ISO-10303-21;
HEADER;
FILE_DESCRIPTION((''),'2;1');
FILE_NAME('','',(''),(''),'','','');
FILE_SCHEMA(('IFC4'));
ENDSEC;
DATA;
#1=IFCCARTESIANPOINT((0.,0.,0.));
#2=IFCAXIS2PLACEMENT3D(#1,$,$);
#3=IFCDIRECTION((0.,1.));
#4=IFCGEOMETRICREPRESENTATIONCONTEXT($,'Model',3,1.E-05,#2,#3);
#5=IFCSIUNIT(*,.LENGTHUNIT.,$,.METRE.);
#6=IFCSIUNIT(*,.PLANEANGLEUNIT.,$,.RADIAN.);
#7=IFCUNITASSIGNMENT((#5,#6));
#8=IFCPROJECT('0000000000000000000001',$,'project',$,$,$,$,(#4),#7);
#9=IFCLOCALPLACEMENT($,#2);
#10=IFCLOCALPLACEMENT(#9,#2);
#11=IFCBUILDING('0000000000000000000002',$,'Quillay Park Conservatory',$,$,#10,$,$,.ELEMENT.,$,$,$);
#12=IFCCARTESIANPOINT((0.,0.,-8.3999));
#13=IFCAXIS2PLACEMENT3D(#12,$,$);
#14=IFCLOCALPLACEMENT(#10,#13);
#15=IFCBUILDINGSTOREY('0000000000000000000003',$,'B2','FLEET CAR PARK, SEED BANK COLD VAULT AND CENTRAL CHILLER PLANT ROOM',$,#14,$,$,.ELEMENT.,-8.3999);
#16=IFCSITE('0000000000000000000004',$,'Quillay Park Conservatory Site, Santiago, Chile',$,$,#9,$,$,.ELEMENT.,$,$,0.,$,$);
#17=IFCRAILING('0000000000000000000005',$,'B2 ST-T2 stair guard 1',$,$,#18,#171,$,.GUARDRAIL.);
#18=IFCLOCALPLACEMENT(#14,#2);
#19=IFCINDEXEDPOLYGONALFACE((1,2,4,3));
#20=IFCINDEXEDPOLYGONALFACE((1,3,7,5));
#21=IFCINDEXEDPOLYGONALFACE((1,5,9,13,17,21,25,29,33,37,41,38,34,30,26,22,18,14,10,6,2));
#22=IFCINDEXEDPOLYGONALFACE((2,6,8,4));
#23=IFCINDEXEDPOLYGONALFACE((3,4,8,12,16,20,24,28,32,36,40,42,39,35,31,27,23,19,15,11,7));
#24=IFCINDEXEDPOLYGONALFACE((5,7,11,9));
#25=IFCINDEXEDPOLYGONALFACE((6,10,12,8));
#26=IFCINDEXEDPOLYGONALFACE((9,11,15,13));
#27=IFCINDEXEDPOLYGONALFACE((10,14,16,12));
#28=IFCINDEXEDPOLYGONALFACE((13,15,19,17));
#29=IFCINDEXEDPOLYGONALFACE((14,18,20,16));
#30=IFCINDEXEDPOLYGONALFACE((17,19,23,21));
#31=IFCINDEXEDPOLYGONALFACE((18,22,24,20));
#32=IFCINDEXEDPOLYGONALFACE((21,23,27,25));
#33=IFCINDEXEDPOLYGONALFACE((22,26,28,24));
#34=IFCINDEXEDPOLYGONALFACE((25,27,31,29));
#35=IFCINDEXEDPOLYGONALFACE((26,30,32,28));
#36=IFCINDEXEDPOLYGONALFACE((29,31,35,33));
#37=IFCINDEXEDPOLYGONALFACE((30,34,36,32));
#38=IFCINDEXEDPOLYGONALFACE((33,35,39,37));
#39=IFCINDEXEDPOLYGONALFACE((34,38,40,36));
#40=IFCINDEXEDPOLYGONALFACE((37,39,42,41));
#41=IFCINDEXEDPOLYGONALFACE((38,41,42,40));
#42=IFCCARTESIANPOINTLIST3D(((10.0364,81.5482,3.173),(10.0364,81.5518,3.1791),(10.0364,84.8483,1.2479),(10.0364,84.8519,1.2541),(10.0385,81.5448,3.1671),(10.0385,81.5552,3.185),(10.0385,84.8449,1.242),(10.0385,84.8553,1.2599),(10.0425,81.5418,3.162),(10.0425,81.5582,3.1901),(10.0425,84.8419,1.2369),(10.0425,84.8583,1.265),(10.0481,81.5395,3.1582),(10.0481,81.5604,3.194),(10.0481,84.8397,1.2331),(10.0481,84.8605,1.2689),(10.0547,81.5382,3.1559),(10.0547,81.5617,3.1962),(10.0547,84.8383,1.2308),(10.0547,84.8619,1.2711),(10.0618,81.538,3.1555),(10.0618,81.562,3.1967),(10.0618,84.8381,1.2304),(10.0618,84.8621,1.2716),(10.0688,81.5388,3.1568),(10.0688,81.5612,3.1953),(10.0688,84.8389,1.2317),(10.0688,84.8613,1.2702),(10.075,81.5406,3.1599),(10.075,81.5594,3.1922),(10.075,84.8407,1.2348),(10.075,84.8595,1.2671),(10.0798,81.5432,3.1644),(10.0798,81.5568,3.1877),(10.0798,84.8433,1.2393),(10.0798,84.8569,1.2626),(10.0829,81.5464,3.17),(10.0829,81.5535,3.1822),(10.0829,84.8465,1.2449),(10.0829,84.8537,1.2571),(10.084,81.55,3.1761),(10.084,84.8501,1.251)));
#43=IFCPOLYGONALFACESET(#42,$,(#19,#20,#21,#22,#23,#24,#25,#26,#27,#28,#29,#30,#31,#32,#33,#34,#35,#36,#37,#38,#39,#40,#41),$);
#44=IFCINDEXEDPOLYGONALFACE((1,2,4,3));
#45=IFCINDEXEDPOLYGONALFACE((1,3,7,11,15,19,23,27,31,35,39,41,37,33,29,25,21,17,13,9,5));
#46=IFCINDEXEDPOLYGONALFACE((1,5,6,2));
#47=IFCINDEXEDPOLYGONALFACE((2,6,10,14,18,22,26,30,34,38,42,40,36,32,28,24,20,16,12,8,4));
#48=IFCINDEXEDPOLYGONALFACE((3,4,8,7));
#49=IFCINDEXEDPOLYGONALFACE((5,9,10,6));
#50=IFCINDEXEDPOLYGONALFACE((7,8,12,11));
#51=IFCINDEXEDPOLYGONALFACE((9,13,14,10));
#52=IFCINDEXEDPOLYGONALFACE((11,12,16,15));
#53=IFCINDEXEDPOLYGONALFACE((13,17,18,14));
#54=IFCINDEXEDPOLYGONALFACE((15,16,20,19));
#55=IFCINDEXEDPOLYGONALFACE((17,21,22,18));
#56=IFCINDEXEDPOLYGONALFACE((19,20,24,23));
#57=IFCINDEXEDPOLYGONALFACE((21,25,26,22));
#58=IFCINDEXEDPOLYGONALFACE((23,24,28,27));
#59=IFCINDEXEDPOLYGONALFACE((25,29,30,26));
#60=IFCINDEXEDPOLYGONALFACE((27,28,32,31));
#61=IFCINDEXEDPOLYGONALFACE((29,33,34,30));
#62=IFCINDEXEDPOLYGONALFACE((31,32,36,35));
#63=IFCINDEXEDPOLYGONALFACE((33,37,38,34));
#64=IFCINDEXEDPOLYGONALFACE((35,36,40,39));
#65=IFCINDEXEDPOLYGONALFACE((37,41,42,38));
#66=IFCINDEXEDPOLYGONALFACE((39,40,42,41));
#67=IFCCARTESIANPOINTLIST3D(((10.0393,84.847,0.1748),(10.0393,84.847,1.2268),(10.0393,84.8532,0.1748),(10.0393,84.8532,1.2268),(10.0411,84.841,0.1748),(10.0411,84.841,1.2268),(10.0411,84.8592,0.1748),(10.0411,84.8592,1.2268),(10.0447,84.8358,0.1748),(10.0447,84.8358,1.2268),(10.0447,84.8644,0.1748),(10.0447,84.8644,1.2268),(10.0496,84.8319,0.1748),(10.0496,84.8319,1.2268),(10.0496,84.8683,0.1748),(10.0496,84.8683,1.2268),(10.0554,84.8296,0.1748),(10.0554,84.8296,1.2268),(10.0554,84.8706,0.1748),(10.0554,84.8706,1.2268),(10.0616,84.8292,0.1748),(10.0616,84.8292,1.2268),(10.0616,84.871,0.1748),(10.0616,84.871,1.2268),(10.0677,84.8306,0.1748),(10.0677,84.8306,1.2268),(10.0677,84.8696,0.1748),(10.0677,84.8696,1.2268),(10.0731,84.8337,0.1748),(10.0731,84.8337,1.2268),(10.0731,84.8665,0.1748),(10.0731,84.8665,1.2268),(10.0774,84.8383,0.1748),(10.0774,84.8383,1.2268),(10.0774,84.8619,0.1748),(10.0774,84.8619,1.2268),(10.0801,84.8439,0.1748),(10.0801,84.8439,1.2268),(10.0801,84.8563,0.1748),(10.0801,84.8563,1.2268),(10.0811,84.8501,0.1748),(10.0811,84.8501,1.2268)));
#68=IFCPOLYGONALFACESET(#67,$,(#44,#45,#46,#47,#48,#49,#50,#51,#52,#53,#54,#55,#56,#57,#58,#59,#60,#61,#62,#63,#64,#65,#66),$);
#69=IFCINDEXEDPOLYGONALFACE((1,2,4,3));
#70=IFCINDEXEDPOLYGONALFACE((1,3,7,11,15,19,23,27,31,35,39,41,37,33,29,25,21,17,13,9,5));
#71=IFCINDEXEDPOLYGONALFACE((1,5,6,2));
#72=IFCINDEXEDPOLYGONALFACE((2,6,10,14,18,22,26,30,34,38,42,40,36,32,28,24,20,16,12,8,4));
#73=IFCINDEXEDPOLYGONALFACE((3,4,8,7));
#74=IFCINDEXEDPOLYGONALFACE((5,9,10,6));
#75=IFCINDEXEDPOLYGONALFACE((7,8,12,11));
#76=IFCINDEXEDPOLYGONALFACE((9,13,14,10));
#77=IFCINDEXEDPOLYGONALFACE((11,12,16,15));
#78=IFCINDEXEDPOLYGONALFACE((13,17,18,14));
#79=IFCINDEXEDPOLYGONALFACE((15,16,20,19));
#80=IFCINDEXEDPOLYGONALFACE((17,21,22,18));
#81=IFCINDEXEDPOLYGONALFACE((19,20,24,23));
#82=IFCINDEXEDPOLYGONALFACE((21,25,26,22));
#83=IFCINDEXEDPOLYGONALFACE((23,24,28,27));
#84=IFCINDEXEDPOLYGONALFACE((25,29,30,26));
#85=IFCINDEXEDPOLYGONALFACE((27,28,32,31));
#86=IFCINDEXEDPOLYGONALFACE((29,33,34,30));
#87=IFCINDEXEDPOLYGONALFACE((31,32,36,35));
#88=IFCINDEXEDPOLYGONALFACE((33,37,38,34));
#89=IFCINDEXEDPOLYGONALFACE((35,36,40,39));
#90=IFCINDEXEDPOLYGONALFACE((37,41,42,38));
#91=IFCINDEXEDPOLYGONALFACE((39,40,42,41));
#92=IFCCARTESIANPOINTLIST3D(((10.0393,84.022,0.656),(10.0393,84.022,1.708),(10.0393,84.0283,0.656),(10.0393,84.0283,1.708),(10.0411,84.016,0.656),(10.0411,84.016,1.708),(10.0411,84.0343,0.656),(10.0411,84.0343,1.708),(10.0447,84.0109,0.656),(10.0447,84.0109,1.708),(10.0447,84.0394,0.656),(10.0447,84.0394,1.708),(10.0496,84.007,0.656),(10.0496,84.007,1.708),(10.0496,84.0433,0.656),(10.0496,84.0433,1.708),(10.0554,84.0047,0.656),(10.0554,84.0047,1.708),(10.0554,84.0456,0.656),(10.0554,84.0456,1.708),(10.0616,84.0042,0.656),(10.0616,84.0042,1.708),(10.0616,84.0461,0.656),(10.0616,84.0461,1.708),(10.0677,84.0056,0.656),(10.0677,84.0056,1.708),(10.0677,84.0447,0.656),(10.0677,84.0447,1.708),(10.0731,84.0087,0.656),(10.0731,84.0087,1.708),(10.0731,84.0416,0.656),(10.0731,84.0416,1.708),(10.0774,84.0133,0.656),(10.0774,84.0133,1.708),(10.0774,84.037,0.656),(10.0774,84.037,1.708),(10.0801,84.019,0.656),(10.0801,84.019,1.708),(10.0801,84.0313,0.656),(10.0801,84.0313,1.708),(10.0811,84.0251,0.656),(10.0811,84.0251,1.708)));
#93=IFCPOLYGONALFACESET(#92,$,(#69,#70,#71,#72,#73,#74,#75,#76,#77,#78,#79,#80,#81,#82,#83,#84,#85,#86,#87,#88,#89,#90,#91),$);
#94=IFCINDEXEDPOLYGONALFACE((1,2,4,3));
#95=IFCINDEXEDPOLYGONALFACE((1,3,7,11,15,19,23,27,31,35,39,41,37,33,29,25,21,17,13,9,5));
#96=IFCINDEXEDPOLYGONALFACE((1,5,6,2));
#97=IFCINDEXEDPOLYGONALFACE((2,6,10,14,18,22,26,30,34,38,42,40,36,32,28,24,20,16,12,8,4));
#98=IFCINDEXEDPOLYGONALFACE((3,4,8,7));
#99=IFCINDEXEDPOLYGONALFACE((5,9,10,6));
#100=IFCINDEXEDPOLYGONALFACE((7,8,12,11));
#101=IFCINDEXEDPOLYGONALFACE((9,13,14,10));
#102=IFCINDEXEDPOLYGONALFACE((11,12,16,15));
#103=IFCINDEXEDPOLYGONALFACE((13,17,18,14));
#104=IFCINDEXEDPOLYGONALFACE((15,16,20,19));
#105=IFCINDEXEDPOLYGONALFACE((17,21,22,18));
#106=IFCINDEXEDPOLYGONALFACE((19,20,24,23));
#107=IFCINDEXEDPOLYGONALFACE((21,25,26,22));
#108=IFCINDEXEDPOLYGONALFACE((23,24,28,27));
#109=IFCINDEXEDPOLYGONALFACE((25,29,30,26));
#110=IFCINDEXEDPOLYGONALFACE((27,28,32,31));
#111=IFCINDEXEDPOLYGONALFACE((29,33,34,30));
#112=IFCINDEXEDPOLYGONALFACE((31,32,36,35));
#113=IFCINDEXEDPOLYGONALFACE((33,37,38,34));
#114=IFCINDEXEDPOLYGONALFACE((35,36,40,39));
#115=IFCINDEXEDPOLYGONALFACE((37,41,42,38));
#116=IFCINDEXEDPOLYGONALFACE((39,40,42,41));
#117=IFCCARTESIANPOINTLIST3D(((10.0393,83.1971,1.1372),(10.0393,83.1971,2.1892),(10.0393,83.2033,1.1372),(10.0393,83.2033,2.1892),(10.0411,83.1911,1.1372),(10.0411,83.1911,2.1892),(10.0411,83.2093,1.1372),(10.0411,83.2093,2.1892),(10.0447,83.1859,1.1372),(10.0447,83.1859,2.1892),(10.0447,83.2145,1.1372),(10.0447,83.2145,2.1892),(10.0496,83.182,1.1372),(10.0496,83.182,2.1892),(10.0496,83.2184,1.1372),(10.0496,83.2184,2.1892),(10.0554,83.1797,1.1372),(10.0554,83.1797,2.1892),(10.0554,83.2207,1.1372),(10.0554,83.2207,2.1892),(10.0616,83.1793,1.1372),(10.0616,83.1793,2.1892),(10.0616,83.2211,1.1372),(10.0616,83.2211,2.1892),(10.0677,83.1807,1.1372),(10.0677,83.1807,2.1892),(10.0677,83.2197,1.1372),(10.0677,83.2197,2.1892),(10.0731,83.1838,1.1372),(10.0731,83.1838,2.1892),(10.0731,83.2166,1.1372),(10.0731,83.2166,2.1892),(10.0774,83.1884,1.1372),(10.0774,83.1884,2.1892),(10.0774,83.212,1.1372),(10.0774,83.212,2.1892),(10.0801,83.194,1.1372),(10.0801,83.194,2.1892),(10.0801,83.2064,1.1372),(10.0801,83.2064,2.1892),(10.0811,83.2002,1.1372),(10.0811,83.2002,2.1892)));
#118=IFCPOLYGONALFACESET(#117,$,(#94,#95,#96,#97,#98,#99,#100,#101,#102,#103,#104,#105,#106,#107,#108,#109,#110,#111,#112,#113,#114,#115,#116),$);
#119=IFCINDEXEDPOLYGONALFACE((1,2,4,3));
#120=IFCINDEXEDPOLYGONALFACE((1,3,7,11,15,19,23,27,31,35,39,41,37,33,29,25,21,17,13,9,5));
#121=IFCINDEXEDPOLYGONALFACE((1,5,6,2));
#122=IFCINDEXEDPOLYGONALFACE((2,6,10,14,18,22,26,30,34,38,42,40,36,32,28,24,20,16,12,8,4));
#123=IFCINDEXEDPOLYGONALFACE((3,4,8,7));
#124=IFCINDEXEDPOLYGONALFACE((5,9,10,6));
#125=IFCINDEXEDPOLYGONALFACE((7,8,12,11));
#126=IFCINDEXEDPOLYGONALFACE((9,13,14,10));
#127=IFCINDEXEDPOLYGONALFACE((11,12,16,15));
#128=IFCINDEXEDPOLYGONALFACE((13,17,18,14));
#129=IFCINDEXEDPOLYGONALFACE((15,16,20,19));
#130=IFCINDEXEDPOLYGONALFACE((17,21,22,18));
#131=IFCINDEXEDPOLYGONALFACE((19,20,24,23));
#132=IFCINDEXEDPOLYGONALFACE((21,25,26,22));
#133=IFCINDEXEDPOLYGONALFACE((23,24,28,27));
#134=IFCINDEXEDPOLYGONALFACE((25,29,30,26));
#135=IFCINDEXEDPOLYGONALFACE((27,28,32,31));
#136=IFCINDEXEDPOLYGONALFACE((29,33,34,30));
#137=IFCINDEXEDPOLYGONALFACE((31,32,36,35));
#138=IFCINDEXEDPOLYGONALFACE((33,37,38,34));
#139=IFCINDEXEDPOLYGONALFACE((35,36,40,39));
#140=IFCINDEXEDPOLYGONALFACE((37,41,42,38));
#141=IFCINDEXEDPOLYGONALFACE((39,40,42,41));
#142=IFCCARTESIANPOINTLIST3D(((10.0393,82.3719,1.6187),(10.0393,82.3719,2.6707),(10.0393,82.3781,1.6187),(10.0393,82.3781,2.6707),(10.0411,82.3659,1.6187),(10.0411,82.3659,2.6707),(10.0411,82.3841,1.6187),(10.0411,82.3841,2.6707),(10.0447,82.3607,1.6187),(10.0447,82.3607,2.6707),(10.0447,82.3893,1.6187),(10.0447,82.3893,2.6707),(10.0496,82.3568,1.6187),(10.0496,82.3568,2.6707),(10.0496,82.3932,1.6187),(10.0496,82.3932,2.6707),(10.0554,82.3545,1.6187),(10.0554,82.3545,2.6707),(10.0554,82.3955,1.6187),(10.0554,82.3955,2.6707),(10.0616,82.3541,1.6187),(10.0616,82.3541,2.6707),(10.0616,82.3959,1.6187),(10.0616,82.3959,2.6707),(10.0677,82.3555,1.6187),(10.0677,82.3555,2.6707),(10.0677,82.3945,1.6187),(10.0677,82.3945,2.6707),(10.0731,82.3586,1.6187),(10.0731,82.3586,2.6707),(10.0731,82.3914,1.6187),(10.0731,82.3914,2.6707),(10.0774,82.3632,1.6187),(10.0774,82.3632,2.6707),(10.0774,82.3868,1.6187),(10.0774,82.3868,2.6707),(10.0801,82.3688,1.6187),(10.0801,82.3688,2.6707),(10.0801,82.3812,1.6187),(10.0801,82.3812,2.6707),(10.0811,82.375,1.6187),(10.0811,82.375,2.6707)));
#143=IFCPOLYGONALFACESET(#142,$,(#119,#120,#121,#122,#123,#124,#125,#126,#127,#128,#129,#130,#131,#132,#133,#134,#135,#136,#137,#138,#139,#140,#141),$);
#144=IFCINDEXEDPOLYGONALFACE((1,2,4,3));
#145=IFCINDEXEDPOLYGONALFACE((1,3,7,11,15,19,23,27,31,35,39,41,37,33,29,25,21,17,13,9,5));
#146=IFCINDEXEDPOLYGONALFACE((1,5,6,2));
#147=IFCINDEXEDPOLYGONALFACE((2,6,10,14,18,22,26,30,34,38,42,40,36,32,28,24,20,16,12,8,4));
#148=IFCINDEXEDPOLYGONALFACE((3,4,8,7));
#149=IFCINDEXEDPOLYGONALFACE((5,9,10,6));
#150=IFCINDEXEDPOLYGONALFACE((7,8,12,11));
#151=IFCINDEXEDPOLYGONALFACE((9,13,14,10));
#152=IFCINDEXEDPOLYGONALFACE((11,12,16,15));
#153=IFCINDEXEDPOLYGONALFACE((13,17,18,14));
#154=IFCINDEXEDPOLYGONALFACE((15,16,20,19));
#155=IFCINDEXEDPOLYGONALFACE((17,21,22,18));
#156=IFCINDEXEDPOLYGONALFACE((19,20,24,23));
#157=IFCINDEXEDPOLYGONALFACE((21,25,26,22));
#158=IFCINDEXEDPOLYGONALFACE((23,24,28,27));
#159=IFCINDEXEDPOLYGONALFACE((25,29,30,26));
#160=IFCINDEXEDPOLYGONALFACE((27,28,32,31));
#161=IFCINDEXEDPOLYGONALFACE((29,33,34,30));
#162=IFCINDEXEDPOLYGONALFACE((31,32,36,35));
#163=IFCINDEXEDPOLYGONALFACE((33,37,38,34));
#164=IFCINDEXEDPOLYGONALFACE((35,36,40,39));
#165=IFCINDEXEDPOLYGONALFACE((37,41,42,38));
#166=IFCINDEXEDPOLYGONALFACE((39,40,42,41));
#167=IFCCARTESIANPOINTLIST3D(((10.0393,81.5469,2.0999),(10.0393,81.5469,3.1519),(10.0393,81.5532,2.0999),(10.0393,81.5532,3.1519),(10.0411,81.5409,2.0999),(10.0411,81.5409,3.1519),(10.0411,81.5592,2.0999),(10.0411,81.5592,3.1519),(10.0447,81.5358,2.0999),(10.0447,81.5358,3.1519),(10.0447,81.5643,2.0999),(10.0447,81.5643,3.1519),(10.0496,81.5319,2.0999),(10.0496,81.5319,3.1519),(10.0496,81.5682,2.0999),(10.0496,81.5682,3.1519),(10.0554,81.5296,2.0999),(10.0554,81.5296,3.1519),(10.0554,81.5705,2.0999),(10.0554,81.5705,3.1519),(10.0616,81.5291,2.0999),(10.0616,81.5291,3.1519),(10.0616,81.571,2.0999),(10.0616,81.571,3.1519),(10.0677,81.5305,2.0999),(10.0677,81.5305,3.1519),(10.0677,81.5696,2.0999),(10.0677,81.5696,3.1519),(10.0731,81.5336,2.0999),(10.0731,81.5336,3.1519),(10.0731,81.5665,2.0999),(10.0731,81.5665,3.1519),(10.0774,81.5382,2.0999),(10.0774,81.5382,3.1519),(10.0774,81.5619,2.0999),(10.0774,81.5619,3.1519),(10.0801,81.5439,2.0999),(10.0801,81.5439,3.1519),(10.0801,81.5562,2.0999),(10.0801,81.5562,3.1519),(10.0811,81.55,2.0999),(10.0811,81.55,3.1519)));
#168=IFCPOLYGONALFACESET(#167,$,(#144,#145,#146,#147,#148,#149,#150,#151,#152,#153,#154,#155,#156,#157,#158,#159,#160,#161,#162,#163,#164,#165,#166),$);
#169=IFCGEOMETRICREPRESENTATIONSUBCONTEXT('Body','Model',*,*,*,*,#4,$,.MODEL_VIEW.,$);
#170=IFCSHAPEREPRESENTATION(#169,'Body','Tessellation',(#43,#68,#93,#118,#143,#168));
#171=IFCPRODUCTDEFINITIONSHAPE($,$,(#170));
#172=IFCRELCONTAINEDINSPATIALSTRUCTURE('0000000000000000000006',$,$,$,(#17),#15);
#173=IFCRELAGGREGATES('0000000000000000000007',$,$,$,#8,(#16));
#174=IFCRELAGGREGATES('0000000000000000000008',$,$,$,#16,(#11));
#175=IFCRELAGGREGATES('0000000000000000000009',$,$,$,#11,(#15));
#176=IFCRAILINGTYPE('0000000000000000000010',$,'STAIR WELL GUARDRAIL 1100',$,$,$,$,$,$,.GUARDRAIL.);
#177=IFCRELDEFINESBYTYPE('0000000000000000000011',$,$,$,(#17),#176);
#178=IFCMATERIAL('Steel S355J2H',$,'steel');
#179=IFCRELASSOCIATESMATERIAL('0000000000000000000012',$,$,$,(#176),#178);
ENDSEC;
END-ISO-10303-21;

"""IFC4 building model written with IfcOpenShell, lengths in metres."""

from ifc_helpers import new_model, si_unit, direction, frame, origin, origin_2d, place, context, subcontext, project, spatial, circle, extrude, material, type_object, element, save


model = new_model("IFC4")

# Units and contexts
model_context = context("Model", 3, precision=1e-05, world=origin(), true_north=direction((0.0, 1.0)))
body_context = subcontext(model_context, "Body", "Model", "MODEL_VIEW")
ifc_project = project(units=[si_unit("LENGTHUNIT", "METRE"), si_unit("PLANEANGLEUNIT", "RADIAN")], contexts=[model_context])

# Site, building, storey
site_placement = place(None, origin())
site = spatial("IfcSite", under=ifc_project, at=site_placement, Name="Quillay Park Conservatory Site, Santiago, Chile", CompositionType="ELEMENT", RefElevation=0.0)
building_placement = place(site_placement, origin())
building = spatial("IfcBuilding", under=site, at=building_placement, Name="Quillay Park Conservatory", CompositionType="ELEMENT")
storey_placement = place(building_placement, frame((0.0, 0.0, -8.3999)))
storey = spatial("IfcBuildingStorey", under=building, at=storey_placement, Name="B2", Description="FLEET CAR PARK, SEED BANK COLD VAULT AND CENTRAL CHILLER PLANT ROOM", CompositionType="ELEMENT", Elevation=-8.3999)

# Railing
ifc_material_1 = material(Name="Steel S355J2H", Category="steel")
railing_type_1 = type_object("IfcRailingType", Name="STAIR WELL GUARDRAIL 1100", PredefinedType="GUARDRAIL", material=ifc_material_1)
railing_1_placement = place(storey_placement, frame((10.0601, 84.8501, 0.1748)))
element("IfcRailing", 1, at=railing_1_placement, inside=storey, type_object=railing_type_1, Name="B2 ST-T2 stair guard 1", PredefinedType="GUARDRAIL", context=body_context, shape_type="SweptSolid", body=[
    extrude(circle(Radius=0.0239, at=origin_2d()), frame((0.0, 0.0, 1.0762), z_axis=(0.0, -0.863777, 0.503875), x_axis=(1.0, 0.0, 0.0)), (0.0, 0.0, 1.0), 3.8206),
    extrude(circle(Radius=0.021, at=origin_2d()), origin(), (0.0, 0.0, 1.0), 1.052),
    extrude(circle(Radius=0.021, at=origin_2d()), frame((0.0, -0.825, 0.4812)), (0.0, 0.0, 1.0), 1.052),
    extrude(circle(Radius=0.021, at=origin_2d()), frame((0.0, -1.6499, 0.9624)), (0.0, 0.0, 1.0), 1.052),
    extrude(circle(Radius=0.021, at=origin_2d()), frame((0.0, -2.4751, 1.4438)), (0.0, 0.0, 1.0), 1.052),
    extrude(circle(Radius=0.021, at=origin_2d()), frame((0.0, -3.3, 1.925)), (0.0, 0.0, 1.0), 1.052),
])

save(model, "model.ifc")
